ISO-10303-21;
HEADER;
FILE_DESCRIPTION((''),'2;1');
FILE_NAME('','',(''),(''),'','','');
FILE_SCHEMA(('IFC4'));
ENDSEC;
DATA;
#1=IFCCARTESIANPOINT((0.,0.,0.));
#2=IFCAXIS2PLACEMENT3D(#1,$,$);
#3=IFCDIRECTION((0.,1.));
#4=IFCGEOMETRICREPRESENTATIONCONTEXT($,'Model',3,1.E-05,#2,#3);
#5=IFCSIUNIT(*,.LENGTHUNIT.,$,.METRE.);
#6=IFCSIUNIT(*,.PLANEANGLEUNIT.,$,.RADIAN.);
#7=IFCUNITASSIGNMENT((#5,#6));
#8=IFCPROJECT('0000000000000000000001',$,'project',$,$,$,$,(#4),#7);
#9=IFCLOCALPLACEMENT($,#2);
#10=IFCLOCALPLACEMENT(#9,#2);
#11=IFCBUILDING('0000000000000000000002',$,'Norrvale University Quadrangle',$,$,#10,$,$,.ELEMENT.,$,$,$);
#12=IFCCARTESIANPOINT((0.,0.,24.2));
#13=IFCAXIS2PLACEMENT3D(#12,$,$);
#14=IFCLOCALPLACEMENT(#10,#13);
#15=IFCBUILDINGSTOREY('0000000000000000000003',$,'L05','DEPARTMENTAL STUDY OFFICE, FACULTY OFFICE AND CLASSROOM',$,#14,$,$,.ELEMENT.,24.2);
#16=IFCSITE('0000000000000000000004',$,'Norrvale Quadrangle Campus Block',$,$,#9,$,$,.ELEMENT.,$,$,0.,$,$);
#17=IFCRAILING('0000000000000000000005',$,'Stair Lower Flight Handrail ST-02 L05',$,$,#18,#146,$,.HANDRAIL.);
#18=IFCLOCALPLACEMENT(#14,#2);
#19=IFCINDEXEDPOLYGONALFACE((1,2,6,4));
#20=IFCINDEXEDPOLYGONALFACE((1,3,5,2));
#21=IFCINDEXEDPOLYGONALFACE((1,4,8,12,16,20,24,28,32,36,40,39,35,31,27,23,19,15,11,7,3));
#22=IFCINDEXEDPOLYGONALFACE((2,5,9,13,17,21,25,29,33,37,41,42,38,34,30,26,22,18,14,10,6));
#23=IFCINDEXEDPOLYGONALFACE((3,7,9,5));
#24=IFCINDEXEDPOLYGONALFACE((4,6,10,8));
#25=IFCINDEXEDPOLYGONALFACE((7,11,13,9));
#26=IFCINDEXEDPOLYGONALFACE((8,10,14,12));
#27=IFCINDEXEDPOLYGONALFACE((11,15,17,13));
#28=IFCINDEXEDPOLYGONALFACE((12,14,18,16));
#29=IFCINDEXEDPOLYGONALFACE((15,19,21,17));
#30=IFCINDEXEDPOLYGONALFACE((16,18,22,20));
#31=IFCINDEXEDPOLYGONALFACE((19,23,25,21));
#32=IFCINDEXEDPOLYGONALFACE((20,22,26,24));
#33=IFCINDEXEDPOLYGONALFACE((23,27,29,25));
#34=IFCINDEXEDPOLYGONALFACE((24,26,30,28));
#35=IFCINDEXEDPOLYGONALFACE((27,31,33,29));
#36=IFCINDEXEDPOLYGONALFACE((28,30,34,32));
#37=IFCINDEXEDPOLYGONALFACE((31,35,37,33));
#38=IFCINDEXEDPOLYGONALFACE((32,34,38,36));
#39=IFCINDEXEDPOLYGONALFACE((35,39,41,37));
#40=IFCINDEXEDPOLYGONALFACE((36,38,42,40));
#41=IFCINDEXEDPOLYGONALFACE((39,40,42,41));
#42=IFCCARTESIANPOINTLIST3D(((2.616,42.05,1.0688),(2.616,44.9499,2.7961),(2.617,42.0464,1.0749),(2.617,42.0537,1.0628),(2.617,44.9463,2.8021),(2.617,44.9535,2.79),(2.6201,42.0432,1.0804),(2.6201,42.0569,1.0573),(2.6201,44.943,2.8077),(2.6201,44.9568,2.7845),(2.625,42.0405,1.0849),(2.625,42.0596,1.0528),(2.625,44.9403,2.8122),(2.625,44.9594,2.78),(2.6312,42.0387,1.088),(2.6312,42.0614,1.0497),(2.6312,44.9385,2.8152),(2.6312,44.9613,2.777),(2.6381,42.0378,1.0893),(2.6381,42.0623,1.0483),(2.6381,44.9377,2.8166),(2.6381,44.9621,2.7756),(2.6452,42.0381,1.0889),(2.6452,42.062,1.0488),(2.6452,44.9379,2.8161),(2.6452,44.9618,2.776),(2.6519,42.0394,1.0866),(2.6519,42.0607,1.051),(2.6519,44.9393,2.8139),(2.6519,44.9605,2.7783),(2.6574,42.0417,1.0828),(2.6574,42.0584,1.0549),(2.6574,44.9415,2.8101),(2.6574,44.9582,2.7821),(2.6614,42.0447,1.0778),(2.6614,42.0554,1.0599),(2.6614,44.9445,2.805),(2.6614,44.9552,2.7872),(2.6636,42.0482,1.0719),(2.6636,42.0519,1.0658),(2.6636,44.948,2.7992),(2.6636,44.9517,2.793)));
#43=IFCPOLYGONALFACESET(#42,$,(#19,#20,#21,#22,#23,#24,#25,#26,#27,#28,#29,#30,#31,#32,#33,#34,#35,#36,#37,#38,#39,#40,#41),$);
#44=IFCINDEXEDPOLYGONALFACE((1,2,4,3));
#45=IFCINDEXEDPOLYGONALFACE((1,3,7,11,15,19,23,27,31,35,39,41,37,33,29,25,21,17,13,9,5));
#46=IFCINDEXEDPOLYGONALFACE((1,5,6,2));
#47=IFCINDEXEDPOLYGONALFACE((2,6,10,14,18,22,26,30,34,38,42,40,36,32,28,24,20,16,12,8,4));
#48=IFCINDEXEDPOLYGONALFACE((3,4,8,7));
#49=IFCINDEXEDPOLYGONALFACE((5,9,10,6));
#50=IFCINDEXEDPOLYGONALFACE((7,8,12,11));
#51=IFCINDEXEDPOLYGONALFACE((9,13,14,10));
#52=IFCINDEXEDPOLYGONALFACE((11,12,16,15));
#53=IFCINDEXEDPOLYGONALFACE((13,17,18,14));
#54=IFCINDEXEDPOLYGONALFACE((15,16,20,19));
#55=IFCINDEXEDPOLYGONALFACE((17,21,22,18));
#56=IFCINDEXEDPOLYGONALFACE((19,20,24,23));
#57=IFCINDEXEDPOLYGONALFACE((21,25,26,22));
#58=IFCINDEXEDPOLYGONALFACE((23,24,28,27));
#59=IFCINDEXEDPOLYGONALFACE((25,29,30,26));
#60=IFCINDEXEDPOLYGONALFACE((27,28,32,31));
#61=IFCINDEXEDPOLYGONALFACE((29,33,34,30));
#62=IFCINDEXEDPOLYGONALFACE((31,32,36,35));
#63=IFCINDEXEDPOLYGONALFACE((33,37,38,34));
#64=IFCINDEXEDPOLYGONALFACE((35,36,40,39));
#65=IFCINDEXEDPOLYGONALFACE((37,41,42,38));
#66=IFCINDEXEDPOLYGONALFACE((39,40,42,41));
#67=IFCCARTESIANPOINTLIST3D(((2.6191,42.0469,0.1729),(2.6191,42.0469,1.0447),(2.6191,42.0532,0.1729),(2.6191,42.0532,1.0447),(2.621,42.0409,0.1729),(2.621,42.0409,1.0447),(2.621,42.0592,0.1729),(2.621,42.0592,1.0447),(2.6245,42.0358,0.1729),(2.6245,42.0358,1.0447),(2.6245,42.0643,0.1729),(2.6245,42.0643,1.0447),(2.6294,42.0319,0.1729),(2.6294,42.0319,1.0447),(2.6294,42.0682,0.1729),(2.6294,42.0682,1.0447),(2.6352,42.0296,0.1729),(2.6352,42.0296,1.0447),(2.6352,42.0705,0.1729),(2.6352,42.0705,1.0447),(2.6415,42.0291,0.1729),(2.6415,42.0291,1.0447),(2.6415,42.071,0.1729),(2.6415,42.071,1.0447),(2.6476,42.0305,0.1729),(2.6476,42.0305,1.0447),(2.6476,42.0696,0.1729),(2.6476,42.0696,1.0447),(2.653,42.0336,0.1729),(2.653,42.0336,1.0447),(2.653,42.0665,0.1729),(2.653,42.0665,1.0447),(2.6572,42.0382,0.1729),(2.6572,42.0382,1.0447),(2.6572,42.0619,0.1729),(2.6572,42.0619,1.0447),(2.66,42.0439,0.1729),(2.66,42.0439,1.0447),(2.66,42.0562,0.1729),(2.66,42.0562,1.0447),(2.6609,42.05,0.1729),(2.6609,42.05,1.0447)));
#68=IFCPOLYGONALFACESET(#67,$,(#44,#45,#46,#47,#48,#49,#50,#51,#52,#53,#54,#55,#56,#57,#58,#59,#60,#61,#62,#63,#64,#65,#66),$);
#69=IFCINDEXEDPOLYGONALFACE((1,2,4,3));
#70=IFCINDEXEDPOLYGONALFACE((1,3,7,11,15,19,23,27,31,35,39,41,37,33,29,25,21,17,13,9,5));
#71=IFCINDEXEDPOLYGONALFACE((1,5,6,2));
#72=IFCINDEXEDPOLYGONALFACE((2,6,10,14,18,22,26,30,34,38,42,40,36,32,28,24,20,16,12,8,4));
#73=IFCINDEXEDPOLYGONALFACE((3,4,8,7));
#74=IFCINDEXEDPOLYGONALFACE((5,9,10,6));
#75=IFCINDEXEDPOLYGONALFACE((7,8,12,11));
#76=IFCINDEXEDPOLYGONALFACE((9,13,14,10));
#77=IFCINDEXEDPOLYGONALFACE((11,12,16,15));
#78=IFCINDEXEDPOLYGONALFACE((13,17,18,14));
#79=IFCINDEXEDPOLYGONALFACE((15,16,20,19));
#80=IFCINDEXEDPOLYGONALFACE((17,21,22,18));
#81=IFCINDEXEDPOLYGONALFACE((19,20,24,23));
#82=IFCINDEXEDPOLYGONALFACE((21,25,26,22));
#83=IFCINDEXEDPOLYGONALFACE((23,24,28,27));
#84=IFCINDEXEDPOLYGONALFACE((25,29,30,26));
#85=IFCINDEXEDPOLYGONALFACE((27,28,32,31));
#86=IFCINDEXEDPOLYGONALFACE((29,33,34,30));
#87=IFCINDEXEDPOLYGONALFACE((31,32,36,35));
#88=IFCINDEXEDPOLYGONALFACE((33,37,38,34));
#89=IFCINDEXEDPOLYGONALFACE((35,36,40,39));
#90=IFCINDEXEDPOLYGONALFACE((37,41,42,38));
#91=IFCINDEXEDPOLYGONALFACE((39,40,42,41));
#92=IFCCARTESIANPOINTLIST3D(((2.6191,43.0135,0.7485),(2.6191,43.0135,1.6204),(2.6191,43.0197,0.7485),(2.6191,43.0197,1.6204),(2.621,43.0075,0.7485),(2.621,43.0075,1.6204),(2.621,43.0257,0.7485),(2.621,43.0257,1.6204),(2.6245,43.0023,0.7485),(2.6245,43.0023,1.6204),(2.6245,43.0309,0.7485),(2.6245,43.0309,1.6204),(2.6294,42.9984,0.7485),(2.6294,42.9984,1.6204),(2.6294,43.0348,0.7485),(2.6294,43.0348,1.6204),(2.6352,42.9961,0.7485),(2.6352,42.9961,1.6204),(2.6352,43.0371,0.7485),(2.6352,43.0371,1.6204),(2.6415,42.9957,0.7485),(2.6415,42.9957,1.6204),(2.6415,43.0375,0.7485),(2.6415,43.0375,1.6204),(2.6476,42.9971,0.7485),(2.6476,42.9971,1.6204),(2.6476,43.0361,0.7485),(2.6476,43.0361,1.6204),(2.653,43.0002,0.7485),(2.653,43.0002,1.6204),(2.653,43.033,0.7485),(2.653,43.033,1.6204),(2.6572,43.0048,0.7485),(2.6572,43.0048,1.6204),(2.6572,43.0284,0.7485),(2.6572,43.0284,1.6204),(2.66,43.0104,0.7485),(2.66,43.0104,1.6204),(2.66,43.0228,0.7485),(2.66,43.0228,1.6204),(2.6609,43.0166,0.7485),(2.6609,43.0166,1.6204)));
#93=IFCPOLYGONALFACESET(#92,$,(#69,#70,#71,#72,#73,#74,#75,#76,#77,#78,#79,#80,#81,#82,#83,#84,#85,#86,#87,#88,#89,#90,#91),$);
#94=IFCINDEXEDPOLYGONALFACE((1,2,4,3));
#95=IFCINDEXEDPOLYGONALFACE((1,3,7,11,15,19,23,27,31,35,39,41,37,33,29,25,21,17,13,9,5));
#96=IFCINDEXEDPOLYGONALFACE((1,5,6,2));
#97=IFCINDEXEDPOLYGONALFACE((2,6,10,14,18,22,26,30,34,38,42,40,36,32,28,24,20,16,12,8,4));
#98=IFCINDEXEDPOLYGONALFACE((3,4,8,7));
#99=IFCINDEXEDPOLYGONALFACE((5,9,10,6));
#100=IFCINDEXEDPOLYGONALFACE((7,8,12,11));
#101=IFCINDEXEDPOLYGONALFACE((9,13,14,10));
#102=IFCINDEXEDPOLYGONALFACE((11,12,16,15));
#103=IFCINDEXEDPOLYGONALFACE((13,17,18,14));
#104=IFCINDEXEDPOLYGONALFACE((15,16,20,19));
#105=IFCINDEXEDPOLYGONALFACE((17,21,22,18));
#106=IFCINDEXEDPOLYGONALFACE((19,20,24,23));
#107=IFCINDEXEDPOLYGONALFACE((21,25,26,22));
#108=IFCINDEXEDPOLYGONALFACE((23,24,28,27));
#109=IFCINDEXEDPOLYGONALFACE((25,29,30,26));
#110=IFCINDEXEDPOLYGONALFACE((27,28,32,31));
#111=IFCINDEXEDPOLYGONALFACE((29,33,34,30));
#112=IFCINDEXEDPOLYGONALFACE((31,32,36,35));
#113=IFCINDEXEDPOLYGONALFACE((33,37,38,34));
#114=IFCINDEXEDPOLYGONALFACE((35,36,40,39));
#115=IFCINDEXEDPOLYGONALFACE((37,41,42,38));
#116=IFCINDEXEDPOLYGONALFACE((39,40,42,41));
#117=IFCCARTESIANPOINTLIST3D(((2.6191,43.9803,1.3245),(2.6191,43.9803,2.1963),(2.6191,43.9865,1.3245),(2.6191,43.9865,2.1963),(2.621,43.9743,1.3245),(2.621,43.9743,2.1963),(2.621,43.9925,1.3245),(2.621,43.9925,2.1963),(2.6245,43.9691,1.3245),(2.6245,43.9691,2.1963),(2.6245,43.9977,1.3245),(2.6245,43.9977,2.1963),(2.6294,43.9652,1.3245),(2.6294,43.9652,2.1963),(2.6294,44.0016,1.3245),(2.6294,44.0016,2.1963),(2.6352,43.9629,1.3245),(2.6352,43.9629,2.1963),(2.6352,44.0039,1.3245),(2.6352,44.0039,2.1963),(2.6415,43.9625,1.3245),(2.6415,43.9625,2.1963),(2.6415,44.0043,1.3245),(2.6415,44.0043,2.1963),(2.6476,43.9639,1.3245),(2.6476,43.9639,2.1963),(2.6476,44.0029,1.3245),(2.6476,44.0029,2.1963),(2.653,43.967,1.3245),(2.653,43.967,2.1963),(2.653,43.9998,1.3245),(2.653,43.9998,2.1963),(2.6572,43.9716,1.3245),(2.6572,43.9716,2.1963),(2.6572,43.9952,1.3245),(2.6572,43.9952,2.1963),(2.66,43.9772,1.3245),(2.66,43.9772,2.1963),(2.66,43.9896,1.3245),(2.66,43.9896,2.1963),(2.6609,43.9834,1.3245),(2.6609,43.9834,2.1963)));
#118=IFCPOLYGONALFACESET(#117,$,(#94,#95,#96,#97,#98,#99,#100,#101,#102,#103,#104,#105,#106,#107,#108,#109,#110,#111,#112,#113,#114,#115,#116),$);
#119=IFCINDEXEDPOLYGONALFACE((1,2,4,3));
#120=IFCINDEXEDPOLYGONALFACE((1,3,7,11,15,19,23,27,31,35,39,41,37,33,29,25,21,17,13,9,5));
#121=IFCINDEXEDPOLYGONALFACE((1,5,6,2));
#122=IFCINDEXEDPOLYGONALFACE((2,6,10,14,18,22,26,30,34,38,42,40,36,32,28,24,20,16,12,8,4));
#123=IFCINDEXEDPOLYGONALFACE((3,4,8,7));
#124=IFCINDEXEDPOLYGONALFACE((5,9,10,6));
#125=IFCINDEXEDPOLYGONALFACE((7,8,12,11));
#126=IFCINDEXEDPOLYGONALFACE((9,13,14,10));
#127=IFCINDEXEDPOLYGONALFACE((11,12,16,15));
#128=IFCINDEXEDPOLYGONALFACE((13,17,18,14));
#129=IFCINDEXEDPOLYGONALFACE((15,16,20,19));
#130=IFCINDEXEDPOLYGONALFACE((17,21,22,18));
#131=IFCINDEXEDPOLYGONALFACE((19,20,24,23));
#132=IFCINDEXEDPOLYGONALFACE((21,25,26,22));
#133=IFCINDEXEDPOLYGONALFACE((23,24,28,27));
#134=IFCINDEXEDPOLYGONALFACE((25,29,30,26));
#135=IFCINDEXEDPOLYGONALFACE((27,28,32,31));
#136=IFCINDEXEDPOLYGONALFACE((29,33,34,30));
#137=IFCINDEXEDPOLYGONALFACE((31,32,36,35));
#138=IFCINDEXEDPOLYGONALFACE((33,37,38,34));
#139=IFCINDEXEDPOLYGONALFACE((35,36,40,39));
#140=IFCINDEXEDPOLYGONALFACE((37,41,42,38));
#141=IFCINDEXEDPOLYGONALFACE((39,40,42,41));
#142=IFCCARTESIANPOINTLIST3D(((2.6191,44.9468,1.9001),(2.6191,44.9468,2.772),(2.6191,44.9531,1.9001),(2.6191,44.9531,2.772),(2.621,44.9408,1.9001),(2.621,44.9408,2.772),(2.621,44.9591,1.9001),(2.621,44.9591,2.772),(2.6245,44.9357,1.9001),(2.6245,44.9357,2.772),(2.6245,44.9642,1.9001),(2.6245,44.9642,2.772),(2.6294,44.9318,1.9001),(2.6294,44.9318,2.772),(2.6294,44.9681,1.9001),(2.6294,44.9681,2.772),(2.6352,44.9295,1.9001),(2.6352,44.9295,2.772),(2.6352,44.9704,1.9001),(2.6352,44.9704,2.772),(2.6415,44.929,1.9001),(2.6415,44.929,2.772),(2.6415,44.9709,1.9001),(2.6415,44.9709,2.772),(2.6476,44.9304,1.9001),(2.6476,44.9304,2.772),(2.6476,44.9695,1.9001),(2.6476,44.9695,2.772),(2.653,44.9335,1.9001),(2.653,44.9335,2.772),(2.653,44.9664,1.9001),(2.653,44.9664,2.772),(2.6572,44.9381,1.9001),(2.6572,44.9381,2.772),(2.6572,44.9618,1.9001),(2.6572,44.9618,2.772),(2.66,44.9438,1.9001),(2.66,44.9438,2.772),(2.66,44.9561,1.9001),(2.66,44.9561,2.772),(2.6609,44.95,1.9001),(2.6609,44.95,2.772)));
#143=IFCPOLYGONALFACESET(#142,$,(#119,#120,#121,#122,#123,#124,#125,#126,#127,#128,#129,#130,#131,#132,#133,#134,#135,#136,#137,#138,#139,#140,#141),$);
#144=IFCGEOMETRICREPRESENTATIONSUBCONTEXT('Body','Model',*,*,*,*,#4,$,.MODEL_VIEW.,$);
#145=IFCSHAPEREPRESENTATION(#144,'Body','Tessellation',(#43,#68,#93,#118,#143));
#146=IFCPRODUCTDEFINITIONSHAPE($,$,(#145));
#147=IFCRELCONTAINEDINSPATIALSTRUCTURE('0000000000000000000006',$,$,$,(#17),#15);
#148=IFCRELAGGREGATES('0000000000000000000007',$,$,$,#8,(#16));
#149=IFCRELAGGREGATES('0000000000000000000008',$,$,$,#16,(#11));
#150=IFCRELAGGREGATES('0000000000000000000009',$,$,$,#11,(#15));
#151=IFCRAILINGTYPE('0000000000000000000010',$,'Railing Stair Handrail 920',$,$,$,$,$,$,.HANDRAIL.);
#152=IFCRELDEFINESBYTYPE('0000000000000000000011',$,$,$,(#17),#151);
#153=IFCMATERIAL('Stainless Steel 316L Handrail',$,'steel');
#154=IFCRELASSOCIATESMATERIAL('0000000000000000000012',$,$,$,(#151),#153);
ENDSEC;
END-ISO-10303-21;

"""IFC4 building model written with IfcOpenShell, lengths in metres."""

from ifc_helpers import new_model, si_unit, direction, frame, origin, origin_2d, place, context, subcontext, project, spatial, circle, extrude, material, type_object, element, save


model = new_model("IFC4")

# Units and contexts
model_context = context("Model", 3, precision=1e-05, world=origin(), true_north=direction((0.0, 1.0)))
body_context = subcontext(model_context, "Body", "Model", "MODEL_VIEW")
ifc_project = project(units=[si_unit("LENGTHUNIT", "METRE"), si_unit("PLANEANGLEUNIT", "RADIAN")], contexts=[model_context])

# Site, building, storey
site_placement = place(None, origin())
site = spatial("IfcSite", under=ifc_project, at=site_placement, Name="Norrvale Quadrangle Campus Block", CompositionType="ELEMENT", RefElevation=0.0)
building_placement = place(site_placement, origin())
building = spatial("IfcBuilding", under=site, at=building_placement, Name="Norrvale University Quadrangle", CompositionType="ELEMENT")
storey_placement = place(building_placement, frame((0.0, 0.0, 24.2)))
storey = spatial("IfcBuildingStorey", under=building, at=storey_placement, Name="L05", Description="DEPARTMENTAL STUDY OFFICE, FACULTY OFFICE AND CLASSROOM", CompositionType="ELEMENT", Elevation=24.2)

# Railing
ifc_material_1 = material(Name="Stainless Steel 316L Handrail", Category="steel")
railing_type_1 = type_object("IfcRailingType", Name="Railing Stair Handrail 920", PredefinedType="HANDRAIL", material=ifc_material_1)
railing_1_placement = place(storey_placement, frame((2.6399, 42.05, 0.1729)))
element("IfcRailing", 1, at=railing_1_placement, inside=storey, type_object=railing_type_1, Name="Stair Lower Flight Handrail ST-02 L05", PredefinedType="HANDRAIL", context=body_context, shape_type="SweptSolid", body=[
    extrude(circle(Radius=0.0239, at=origin_2d()), frame((0.0, 0.0, 0.896), z_axis=(0.0, 0.859141, 0.511738), x_axis=(-1.0, 0.0, 0.0)), (0.0, 0.0, 1.0), 3.3752),
    extrude(circle(Radius=0.021, at=origin_2d()), origin(), (0.0, 0.0, 1.0), 0.8718),
    extrude(circle(Radius=0.021, at=origin_2d()), frame((0.0, 0.9666, 0.5757)), (0.0, 0.0, 1.0), 0.8718),
    extrude(circle(Radius=0.021, at=origin_2d()), frame((0.0, 1.9333, 1.1516)), (0.0, 0.0, 1.0), 0.8718),
    extrude(circle(Radius=0.021, at=origin_2d()), frame((0.0, 2.8999, 1.7273)), (0.0, 0.0, 1.0), 0.8718),
])

save(model, "model.ifc")
